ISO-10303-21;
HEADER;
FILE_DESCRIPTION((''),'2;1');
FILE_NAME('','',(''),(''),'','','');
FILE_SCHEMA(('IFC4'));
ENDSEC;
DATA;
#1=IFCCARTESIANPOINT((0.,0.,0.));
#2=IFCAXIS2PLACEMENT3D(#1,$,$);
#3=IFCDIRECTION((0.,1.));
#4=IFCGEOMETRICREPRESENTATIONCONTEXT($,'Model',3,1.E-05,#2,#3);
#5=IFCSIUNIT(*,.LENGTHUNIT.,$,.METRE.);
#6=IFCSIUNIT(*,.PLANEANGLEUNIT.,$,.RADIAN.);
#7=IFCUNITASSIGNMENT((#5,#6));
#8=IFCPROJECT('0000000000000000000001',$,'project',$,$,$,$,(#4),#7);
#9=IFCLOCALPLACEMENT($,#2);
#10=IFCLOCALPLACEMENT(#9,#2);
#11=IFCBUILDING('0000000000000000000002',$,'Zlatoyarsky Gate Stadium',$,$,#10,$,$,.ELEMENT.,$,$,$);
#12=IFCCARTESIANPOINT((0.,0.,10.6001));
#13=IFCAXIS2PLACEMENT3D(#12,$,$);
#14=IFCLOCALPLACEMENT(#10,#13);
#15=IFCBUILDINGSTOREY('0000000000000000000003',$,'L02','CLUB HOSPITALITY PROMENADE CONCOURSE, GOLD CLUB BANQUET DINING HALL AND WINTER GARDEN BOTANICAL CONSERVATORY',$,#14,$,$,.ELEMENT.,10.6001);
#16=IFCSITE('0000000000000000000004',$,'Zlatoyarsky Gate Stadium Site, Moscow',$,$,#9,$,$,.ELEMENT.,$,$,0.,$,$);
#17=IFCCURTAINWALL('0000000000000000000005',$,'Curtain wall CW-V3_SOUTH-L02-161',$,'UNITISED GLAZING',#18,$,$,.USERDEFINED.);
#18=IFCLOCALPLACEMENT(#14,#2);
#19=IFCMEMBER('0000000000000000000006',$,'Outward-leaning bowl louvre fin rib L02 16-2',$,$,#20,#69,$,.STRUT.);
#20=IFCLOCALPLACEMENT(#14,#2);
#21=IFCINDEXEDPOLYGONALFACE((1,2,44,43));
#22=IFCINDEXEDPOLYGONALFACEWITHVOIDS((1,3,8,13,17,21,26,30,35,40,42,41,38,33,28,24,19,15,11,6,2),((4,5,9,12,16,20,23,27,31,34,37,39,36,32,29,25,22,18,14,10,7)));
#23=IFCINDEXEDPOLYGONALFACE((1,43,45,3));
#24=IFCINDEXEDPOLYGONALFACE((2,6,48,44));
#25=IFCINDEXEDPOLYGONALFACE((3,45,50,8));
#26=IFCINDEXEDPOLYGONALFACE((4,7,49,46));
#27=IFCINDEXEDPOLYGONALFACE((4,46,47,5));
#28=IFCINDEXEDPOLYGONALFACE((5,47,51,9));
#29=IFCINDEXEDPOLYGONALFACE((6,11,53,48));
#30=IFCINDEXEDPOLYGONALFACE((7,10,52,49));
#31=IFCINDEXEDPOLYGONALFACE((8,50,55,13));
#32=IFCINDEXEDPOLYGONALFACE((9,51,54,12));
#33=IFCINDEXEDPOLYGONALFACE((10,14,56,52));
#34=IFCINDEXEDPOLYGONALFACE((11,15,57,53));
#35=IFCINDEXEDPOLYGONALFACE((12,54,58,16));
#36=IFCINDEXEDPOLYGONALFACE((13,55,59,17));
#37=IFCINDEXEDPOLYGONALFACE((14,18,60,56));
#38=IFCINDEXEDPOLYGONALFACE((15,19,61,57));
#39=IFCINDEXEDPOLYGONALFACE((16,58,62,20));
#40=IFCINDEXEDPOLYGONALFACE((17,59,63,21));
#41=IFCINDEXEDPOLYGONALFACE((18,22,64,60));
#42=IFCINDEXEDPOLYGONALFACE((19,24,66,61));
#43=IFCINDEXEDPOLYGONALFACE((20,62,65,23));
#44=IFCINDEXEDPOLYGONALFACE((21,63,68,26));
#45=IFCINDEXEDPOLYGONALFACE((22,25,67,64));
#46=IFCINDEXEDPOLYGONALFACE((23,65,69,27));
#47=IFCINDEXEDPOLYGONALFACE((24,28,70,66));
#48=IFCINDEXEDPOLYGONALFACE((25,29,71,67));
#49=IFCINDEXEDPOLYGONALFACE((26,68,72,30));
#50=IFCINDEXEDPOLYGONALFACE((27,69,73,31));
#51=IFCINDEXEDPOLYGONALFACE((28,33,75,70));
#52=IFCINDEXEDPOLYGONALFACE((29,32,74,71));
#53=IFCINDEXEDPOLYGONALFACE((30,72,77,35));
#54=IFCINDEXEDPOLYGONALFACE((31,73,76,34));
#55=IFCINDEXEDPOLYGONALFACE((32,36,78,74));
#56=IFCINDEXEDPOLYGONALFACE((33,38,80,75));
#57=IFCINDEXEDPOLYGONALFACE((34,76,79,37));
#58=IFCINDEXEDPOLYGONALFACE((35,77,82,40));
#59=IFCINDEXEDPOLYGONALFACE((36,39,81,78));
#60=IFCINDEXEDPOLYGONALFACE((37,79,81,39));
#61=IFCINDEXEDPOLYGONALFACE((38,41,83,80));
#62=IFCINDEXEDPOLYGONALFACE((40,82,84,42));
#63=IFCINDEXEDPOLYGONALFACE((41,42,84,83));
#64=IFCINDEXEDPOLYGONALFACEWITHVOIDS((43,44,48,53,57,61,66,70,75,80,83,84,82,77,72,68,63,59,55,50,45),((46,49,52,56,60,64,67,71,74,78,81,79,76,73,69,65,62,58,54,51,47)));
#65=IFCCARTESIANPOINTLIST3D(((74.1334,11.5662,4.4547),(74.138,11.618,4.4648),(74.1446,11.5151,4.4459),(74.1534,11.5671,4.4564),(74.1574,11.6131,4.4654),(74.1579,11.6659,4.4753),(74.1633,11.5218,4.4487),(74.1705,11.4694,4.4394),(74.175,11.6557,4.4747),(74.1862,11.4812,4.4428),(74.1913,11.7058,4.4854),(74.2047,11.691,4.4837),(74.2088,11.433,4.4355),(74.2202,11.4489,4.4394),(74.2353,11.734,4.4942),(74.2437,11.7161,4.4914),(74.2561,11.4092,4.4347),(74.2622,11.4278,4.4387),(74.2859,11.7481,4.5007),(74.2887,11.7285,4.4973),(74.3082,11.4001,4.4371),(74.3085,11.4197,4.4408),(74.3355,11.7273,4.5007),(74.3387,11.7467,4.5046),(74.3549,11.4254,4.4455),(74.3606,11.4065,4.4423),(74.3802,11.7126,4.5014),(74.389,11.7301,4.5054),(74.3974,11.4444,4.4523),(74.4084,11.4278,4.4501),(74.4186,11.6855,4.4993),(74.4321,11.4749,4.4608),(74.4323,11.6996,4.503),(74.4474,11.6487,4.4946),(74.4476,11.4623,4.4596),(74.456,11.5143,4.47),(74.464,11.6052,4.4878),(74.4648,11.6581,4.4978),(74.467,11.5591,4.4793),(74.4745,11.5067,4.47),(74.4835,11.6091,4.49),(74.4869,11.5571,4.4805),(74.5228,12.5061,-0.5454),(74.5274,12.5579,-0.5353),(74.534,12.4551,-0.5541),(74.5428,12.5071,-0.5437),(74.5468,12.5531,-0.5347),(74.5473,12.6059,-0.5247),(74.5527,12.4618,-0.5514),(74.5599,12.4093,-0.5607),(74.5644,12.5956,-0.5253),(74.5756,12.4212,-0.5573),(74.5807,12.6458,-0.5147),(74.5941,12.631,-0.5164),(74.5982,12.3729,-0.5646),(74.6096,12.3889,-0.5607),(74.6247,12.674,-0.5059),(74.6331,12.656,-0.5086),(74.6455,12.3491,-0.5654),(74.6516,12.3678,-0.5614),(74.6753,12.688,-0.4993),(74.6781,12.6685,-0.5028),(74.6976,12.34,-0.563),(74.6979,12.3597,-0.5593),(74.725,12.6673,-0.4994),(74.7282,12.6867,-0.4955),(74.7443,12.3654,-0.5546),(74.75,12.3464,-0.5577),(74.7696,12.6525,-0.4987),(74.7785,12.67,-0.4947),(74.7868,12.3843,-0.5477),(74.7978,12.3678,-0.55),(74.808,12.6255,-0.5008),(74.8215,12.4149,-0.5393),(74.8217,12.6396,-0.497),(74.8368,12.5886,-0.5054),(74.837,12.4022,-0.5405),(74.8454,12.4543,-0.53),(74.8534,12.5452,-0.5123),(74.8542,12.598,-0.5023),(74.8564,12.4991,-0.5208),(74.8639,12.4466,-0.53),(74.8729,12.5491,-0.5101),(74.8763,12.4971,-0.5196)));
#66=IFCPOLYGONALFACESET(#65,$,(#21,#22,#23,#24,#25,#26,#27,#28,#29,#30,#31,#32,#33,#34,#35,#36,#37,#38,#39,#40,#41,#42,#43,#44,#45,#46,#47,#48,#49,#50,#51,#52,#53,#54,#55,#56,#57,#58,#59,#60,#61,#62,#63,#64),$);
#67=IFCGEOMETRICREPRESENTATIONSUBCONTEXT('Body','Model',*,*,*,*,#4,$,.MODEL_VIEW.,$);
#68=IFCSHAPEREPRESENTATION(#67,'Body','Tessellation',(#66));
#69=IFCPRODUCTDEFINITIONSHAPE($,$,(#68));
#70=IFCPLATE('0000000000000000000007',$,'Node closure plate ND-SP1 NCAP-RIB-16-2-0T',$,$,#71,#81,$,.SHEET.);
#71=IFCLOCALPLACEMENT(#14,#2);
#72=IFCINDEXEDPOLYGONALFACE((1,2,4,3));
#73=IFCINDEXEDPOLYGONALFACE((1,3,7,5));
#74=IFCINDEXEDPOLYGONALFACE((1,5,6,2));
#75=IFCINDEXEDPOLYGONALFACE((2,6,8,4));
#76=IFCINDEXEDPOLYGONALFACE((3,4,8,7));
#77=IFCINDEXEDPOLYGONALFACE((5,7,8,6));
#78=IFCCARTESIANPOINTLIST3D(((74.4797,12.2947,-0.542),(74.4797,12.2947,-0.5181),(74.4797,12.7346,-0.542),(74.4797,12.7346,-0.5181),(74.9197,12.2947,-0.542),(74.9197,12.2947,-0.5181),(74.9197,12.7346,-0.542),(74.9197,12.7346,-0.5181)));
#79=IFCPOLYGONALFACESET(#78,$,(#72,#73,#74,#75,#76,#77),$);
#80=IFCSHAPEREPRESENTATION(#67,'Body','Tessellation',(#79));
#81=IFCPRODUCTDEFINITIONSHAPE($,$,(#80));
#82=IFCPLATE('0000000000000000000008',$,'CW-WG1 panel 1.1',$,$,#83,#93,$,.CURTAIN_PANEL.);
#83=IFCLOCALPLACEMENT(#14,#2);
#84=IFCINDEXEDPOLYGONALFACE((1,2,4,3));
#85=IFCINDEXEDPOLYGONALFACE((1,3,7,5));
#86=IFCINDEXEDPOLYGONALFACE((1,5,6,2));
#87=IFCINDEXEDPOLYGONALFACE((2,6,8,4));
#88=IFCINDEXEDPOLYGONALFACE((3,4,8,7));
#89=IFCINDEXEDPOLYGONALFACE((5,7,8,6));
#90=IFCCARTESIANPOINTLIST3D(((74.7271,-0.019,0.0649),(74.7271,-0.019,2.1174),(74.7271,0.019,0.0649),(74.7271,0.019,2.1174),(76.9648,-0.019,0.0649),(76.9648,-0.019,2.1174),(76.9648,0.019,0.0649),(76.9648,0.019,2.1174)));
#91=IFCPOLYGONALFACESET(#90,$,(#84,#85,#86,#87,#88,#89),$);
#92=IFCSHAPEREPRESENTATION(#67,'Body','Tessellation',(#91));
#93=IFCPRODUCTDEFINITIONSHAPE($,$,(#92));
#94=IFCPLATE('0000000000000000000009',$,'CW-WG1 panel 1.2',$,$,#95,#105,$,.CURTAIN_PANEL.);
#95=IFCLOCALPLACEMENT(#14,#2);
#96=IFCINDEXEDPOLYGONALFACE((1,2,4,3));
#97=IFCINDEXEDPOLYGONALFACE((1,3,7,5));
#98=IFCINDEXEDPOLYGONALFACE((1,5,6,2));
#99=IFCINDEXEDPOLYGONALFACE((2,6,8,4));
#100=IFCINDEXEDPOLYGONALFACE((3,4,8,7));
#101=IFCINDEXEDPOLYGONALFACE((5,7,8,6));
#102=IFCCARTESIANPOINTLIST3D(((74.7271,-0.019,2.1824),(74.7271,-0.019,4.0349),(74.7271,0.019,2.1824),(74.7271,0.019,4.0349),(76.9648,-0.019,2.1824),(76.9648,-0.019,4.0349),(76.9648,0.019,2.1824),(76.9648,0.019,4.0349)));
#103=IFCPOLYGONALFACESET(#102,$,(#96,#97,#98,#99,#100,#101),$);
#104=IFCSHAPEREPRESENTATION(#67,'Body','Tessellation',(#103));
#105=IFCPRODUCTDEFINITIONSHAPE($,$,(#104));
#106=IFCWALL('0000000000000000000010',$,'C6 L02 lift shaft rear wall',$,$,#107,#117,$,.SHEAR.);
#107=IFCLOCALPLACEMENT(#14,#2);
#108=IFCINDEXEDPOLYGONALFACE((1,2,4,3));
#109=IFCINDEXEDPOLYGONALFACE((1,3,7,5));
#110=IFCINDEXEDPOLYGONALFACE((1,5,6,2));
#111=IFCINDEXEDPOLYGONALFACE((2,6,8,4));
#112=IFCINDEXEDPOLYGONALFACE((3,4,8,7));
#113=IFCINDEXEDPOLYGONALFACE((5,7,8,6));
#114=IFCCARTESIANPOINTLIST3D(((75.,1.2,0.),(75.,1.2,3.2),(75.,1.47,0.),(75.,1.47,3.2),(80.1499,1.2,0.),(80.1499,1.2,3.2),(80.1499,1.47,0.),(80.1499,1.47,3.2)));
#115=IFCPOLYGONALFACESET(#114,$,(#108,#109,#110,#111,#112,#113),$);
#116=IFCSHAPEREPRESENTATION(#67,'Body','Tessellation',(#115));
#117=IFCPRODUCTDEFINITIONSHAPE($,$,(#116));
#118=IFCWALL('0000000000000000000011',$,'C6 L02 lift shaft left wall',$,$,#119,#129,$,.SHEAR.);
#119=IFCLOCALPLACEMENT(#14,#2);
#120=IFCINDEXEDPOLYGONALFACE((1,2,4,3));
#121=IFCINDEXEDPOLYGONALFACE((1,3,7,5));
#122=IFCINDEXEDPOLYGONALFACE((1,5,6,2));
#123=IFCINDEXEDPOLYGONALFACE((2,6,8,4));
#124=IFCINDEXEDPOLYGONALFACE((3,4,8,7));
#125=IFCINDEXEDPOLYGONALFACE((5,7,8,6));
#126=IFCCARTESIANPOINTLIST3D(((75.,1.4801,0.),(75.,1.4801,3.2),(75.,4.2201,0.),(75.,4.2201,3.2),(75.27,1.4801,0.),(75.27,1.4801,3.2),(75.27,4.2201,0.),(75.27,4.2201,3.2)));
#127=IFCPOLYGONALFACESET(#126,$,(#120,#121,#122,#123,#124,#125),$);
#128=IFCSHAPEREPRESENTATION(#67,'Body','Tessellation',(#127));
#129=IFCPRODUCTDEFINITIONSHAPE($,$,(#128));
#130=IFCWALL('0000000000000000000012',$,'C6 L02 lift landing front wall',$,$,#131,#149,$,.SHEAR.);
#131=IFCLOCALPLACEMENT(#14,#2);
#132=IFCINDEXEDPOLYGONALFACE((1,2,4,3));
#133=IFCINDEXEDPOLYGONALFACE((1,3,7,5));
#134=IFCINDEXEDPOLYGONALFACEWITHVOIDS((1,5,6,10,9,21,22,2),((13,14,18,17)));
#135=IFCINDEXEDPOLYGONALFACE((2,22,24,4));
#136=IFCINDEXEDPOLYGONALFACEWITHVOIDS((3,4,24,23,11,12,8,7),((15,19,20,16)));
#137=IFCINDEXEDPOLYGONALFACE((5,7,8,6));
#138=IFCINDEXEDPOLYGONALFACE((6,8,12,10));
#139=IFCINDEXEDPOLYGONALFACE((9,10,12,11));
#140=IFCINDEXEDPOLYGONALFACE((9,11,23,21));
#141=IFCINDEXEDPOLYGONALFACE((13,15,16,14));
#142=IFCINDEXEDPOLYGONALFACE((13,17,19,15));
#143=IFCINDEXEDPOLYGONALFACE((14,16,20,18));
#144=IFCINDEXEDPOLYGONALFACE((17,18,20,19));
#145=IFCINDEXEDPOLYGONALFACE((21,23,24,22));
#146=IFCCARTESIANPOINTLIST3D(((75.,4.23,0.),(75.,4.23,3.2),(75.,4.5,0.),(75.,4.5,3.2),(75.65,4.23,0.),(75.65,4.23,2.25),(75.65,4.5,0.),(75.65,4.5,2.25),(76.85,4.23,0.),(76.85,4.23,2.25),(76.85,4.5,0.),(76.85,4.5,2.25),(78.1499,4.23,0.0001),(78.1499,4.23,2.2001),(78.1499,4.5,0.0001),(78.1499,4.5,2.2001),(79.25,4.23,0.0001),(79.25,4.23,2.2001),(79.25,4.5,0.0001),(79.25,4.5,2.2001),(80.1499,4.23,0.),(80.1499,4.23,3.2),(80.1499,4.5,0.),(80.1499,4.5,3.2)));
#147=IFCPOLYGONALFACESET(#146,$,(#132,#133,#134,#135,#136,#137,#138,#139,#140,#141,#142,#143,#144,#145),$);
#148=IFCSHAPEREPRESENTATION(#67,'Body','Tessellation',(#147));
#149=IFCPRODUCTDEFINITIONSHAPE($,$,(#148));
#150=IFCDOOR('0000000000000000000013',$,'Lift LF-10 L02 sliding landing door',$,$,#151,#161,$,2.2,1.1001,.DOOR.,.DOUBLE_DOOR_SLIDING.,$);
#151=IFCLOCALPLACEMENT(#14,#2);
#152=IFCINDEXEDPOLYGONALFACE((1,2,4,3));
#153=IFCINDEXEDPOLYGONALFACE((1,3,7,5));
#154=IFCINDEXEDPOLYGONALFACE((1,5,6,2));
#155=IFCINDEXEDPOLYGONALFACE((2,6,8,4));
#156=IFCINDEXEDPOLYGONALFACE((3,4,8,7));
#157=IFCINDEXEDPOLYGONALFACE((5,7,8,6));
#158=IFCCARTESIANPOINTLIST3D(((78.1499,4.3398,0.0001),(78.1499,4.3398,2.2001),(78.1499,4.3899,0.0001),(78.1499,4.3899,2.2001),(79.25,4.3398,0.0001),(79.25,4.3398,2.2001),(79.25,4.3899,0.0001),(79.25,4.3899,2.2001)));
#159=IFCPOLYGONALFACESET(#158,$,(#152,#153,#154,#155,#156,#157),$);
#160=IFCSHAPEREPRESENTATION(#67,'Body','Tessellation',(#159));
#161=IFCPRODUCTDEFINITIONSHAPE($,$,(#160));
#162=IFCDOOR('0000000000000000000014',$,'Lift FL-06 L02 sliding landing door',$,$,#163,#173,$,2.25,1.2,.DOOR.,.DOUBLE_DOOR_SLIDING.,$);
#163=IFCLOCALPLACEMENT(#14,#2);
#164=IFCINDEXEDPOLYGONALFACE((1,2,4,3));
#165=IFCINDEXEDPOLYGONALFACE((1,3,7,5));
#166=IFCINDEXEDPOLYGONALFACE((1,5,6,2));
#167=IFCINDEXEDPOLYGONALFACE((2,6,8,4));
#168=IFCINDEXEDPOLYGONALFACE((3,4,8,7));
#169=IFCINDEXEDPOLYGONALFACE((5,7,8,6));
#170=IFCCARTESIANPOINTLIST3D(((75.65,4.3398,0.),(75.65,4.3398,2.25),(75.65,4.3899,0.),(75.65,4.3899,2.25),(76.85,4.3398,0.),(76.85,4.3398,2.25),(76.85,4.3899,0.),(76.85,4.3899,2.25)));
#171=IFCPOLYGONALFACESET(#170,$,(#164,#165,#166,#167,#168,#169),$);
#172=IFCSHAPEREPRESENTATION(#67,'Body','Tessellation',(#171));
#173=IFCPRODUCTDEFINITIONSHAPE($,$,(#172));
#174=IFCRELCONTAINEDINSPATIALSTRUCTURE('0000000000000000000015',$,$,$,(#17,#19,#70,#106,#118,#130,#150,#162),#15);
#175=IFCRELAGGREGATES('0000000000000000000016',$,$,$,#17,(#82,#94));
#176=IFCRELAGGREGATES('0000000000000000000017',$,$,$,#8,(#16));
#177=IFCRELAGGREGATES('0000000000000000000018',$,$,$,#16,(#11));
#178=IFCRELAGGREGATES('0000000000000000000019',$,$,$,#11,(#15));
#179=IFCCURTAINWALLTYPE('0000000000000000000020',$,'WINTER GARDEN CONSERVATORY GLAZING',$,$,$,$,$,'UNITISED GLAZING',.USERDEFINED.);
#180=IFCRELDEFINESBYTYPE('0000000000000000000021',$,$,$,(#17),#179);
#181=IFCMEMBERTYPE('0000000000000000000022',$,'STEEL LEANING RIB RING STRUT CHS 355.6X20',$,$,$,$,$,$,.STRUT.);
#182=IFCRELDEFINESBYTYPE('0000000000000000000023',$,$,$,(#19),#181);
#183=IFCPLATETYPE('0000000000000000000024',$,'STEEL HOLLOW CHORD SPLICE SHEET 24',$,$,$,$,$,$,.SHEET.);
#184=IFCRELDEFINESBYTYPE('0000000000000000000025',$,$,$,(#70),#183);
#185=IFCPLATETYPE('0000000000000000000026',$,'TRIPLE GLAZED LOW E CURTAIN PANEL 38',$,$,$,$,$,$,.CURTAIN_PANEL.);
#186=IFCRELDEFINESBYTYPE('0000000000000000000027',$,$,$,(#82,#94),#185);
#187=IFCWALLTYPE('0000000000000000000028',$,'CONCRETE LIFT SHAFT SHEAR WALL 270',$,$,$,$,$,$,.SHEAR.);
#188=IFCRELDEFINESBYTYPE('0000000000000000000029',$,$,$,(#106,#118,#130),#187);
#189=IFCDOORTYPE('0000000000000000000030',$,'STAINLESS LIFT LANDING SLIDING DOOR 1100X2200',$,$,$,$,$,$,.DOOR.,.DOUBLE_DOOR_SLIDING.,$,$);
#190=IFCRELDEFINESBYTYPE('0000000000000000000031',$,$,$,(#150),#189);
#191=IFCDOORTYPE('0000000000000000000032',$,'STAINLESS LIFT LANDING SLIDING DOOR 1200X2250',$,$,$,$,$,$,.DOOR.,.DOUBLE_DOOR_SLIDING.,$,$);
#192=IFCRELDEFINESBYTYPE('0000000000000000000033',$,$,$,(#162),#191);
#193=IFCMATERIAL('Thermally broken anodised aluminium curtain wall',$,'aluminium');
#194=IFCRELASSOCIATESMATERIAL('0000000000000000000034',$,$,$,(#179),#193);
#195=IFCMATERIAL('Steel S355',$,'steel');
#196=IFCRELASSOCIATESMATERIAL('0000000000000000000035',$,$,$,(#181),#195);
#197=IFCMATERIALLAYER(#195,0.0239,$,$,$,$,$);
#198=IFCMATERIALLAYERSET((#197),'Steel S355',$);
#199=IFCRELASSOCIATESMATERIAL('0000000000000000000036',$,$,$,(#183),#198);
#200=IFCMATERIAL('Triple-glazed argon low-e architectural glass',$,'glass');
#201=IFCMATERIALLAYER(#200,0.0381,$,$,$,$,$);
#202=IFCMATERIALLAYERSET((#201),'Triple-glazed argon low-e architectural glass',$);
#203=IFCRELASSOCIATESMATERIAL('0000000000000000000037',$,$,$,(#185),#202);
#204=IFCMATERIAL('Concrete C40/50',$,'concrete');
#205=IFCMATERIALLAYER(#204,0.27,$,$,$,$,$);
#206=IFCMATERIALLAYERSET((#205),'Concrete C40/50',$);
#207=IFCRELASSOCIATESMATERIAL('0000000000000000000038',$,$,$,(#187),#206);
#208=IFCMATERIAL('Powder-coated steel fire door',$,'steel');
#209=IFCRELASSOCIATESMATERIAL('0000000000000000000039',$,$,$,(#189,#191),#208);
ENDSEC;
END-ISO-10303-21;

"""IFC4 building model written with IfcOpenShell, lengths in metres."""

from ifc_helpers import new_model, si_unit, direction, frame, frame_2d, origin, origin_2d, place, context, subcontext, project, spatial, rectangle, hollow_circle, extrude, material, layer, layer_set, material_profile, profile_set, type_object, element, fill, aggregate, save


model = new_model("IFC4")

# Units and contexts
model_context = context("Model", 3, precision=1e-05, world=origin(), true_north=direction((0.0, 1.0)))
body_context = subcontext(model_context, "Body", "Model", "MODEL_VIEW")
ifc_project = project(units=[si_unit("LENGTHUNIT", "METRE"), si_unit("PLANEANGLEUNIT", "RADIAN")], contexts=[model_context])

# Site, building, storey
site_placement = place(None, origin())
site = spatial("IfcSite", under=ifc_project, at=site_placement, Name="Zlatoyarsky Gate Stadium Site, Moscow", CompositionType="ELEMENT", RefElevation=0.0)
building_placement = place(site_placement, origin())
building = spatial("IfcBuilding", under=site, at=building_placement, Name="Zlatoyarsky Gate Stadium", CompositionType="ELEMENT")
storey_placement = place(building_placement, frame((0.0, 0.0, 10.6001)))
storey = spatial("IfcBuildingStorey", under=building, at=storey_placement, Name="L02", Description="CLUB HOSPITALITY PROMENADE CONCOURSE, GOLD CLUB BANQUET DINING HALL AND WINTER GARDEN BOTANICAL CONSERVATORY", CompositionType="ELEMENT", Elevation=10.6001)

# Shared definitions
ifc_material_1 = material(Name="Thermally broken anodised aluminium curtain wall", Category="aluminium")

# Curtain wall
curtain_wall_type_1 = type_object("IfcCurtainWallType", Name="WINTER GARDEN CONSERVATORY GLAZING", ElementType="UNITISED GLAZING", PredefinedType="USERDEFINED", material=ifc_material_1)
curtain_wall_1_placement = place(storey_placement, origin())
curtain_wall_1 = element("IfcCurtainWall", 1, at=curtain_wall_1_placement, inside=storey, type_object=curtain_wall_type_1, Name="Curtain wall CW-V3_SOUTH-L02-161", ObjectType="UNITISED GLAZING", PredefinedType="USERDEFINED")

# Member
ifc_material_2 = material(Name="Steel S355", Category="steel")
ifc_material_profile_1 = material_profile(ifc_material_2, hollow_circle(Radius=0.1777, WallThickness=0.02, at=origin_2d()), Name="CHS 355.6X20")
ifc_profile_set_1 = profile_set([ifc_material_profile_1], Name="Steel S355")
member_type_1 = type_object("IfcMemberType", Name="STEEL LEANING RIB RING STRUT CHS 355.6X20", PredefinedType="STRUT", material=ifc_profile_set_1)
member_1_placement = place(storey_placement, frame((74.6997, 12.5146, -0.53), z_axis=(-0.076317, -0.184213, 0.979919), x_axis=(0.923856, -0.38274, 0.0)))
element("IfcMember", 2, at=member_1_placement, inside=storey, type_object=member_type_1, Name="Outward-leaning bowl louvre fin rib L02 16-2", PredefinedType="STRUT", context=body_context, shape_type="SweptSolid", body=[
    extrude(hollow_circle(Radius=0.1777, WallThickness=0.02, at=origin_2d()), origin(), (0.0, 0.0, 1.0), 5.1025),
])

# Plates
ifc_layer_1 = layer(ifc_material_2, 0.0239)
ifc_layer_set_1 = layer_set([ifc_layer_1], Name="Steel S355")
plate_type_1 = type_object("IfcPlateType", Name="STEEL HOLLOW CHORD SPLICE SHEET 24", PredefinedType="SHEET", material=ifc_layer_set_1)
plate_1_placement = place(storey_placement, frame((74.6997, 12.5146, -0.542), z_axis=(0.0, 0.0, 1.0), x_axis=(1.0, 0.0, 0.0)))
element("IfcPlate", 3, at=plate_1_placement, inside=storey, type_object=plate_type_1, Name="Node closure plate ND-SP1 NCAP-RIB-16-2-0T", PredefinedType="SHEET", context=body_context, shape_type="SweptSolid", body=[
    extrude(rectangle(XDim=0.4399, YDim=0.4399, at=origin_2d()), origin(), (0.0, 0.0, 1.0), 0.0239),
])
ifc_material_3 = material(Name="Triple-glazed argon low-e architectural glass", Category="glass")
ifc_layer_2 = layer(ifc_material_3, 0.0381)
ifc_layer_set_2 = layer_set([ifc_layer_2], Name="Triple-glazed argon low-e architectural glass")
plate_type_2 = type_object("IfcPlateType", Name="TRIPLE GLAZED LOW E CURTAIN PANEL 38", PredefinedType="CURTAIN_PANEL", material=ifc_layer_set_2)
plate_2_placement = place(storey_placement, frame((75.8459, 0.0, 0.0649), z_axis=(0.0, 0.0, 1.0), x_axis=(1.0, 0.0, 0.0)))
plate_2 = element("IfcPlate", 4, at=plate_2_placement, type_object=plate_type_2, Name="CW-WG1 panel 1.1", PredefinedType="CURTAIN_PANEL", context=body_context, shape_type="SweptSolid", body=[
    extrude(rectangle(XDim=2.2378, YDim=0.0381, at=origin_2d()), origin(), (0.0, 0.0, 1.0), 2.0525),
])
plate_3_placement = place(storey_placement, frame((75.8459, 0.0, 2.1824), z_axis=(0.0, 0.0, 1.0), x_axis=(1.0, 0.0, 0.0)))
plate_3 = element("IfcPlate", 5, at=plate_3_placement, type_object=plate_type_2, Name="CW-WG1 panel 1.2", PredefinedType="CURTAIN_PANEL", context=body_context, shape_type="SweptSolid", body=[
    extrude(rectangle(XDim=2.2378, YDim=0.0381, at=origin_2d()), origin(), (0.0, 0.0, 1.0), 1.8525),
])
aggregate(curtain_wall_1, [plate_2, plate_3])

# Walls
ifc_material_4 = material(Name="Concrete C40/50", Category="concrete")
ifc_layer_3 = layer(ifc_material_4, 0.27)
ifc_layer_set_3 = layer_set([ifc_layer_3], Name="Concrete C40/50")
wall_type_1 = type_object("IfcWallType", Name="CONCRETE LIFT SHAFT SHEAR WALL 270", PredefinedType="SHEAR", material=ifc_layer_set_3)
wall_1_placement = place(storey_placement, frame((75.0, 1.335, 0.0), z_axis=(0.0, 0.0, 1.0), x_axis=(1.0, 0.0, 0.0)))
element("IfcWall", 6, at=wall_1_placement, inside=storey, type_object=wall_type_1, Name="C6 L02 lift shaft rear wall", PredefinedType="SHEAR", context=body_context, shape_type="SweptSolid", body=[
    extrude(rectangle(XDim=5.1499, YDim=0.27, at=frame_2d((2.575, 0.0))), origin(), (0.0, 0.0, 1.0), 3.2),
])
wall_2_placement = place(storey_placement, frame((75.135, 1.48, 0.0), z_axis=(0.0, 0.0, 1.0), x_axis=(0.0, 1.0, 0.0)))
element("IfcWall", 7, at=wall_2_placement, inside=storey, type_object=wall_type_1, Name="C6 L02 lift shaft left wall", PredefinedType="SHEAR", context=body_context, shape_type="SweptSolid", body=[
    extrude(rectangle(XDim=2.74, YDim=0.27, at=frame_2d((1.3701, 0.0))), origin(), (0.0, 0.0, 1.0), 3.2),
])

# Wall, openings, doors
wall_3_placement = place(storey_placement, frame((75.0, 4.365, 0.0), z_axis=(0.0, 0.0, 1.0), x_axis=(1.0, 0.0, 0.0)))
wall_3 = element("IfcWall", 8, at=wall_3_placement, inside=storey, type_object=wall_type_1, Name="C6 L02 lift landing front wall", PredefinedType="SHEAR", context=body_context, shape_type="SweptSolid", body=[
    extrude(rectangle(XDim=5.1499, YDim=0.27, at=frame_2d((2.575, 0.0))), origin(), (0.0, 0.0, 1.0), 3.2),
])
opening_1_placement = place(wall_3_placement, frame((0.6499, 0.0, 0.0)))
opening_1 = element("IfcOpeningElement", 9, at=opening_1_placement, cuts=wall_3, PredefinedType="OPENING", context=body_context, shape_type="SweptSolid", body=[
    extrude(rectangle(XDim=1.2, YDim=2.25, at=frame_2d((0.6001, 1.125))), frame((0.0, 0.145, 0.0), z_axis=(0.0, -1.0, 0.0), x_axis=(1.0, 0.0, 0.0)), (0.0, 0.0, 1.0), 0.29),
])
opening_2_placement = place(wall_3_placement, frame((3.1499, 0.0, 0.0)))
opening_2 = element("IfcOpeningElement", 10, at=opening_2_placement, cuts=wall_3, PredefinedType="OPENING", context=body_context, shape_type="SweptSolid", body=[
    extrude(rectangle(XDim=1.1001, YDim=2.2, at=frame_2d((0.55, 1.1001))), frame((0.0, 0.145, 0.0), z_axis=(0.0, -1.0, 0.0), x_axis=(1.0, 0.0, 0.0)), (0.0, 0.0, 1.0), 0.29),
])
ifc_material_5 = material(Name="Powder-coated steel fire door", Category="steel")
door_type_1 = type_object("IfcDoorType", Name="STAINLESS LIFT LANDING SLIDING DOOR 1100X2200", OperationType="DOUBLE_DOOR_SLIDING", PredefinedType="DOOR", material=ifc_material_5)
door_1_placement = place(opening_2_placement, origin())
door_1 = element("IfcDoor", 11, at=door_1_placement, inside=storey, type_object=door_type_1, Name="Lift LF-10 L02 sliding landing door", OperationType="DOUBLE_DOOR_SLIDING", OverallHeight=2.2, OverallWidth=1.1001, PredefinedType="DOOR", context=body_context, shape_type="SweptSolid", body=[
    extrude(rectangle(XDim=1.1001, YDim=2.2, at=frame_2d((0.55, 1.1001))), frame((0.0, 0.0249, 0.0), z_axis=(0.0, -1.0, 0.0), x_axis=(1.0, 0.0, 0.0)), (0.0, 0.0, 1.0), 0.05),
])
fill(opening_2, door_1)
door_type_2 = type_object("IfcDoorType", Name="STAINLESS LIFT LANDING SLIDING DOOR 1200X2250", OperationType="DOUBLE_DOOR_SLIDING", PredefinedType="DOOR", material=ifc_material_5)
door_2_placement = place(opening_1_placement, origin())
door_2 = element("IfcDoor", 12, at=door_2_placement, inside=storey, type_object=door_type_2, Name="Lift FL-06 L02 sliding landing door", OperationType="DOUBLE_DOOR_SLIDING", OverallHeight=2.25, OverallWidth=1.2, PredefinedType="DOOR", context=body_context, shape_type="SweptSolid", body=[
    extrude(rectangle(XDim=1.2, YDim=2.25, at=frame_2d((0.6001, 1.125))), frame((0.0, 0.0249, 0.0), z_axis=(0.0, -1.0, 0.0), x_axis=(1.0, 0.0, 0.0)), (0.0, 0.0, 1.0), 0.05),
])
fill(opening_1, door_2)

save(model, "model.ifc")
